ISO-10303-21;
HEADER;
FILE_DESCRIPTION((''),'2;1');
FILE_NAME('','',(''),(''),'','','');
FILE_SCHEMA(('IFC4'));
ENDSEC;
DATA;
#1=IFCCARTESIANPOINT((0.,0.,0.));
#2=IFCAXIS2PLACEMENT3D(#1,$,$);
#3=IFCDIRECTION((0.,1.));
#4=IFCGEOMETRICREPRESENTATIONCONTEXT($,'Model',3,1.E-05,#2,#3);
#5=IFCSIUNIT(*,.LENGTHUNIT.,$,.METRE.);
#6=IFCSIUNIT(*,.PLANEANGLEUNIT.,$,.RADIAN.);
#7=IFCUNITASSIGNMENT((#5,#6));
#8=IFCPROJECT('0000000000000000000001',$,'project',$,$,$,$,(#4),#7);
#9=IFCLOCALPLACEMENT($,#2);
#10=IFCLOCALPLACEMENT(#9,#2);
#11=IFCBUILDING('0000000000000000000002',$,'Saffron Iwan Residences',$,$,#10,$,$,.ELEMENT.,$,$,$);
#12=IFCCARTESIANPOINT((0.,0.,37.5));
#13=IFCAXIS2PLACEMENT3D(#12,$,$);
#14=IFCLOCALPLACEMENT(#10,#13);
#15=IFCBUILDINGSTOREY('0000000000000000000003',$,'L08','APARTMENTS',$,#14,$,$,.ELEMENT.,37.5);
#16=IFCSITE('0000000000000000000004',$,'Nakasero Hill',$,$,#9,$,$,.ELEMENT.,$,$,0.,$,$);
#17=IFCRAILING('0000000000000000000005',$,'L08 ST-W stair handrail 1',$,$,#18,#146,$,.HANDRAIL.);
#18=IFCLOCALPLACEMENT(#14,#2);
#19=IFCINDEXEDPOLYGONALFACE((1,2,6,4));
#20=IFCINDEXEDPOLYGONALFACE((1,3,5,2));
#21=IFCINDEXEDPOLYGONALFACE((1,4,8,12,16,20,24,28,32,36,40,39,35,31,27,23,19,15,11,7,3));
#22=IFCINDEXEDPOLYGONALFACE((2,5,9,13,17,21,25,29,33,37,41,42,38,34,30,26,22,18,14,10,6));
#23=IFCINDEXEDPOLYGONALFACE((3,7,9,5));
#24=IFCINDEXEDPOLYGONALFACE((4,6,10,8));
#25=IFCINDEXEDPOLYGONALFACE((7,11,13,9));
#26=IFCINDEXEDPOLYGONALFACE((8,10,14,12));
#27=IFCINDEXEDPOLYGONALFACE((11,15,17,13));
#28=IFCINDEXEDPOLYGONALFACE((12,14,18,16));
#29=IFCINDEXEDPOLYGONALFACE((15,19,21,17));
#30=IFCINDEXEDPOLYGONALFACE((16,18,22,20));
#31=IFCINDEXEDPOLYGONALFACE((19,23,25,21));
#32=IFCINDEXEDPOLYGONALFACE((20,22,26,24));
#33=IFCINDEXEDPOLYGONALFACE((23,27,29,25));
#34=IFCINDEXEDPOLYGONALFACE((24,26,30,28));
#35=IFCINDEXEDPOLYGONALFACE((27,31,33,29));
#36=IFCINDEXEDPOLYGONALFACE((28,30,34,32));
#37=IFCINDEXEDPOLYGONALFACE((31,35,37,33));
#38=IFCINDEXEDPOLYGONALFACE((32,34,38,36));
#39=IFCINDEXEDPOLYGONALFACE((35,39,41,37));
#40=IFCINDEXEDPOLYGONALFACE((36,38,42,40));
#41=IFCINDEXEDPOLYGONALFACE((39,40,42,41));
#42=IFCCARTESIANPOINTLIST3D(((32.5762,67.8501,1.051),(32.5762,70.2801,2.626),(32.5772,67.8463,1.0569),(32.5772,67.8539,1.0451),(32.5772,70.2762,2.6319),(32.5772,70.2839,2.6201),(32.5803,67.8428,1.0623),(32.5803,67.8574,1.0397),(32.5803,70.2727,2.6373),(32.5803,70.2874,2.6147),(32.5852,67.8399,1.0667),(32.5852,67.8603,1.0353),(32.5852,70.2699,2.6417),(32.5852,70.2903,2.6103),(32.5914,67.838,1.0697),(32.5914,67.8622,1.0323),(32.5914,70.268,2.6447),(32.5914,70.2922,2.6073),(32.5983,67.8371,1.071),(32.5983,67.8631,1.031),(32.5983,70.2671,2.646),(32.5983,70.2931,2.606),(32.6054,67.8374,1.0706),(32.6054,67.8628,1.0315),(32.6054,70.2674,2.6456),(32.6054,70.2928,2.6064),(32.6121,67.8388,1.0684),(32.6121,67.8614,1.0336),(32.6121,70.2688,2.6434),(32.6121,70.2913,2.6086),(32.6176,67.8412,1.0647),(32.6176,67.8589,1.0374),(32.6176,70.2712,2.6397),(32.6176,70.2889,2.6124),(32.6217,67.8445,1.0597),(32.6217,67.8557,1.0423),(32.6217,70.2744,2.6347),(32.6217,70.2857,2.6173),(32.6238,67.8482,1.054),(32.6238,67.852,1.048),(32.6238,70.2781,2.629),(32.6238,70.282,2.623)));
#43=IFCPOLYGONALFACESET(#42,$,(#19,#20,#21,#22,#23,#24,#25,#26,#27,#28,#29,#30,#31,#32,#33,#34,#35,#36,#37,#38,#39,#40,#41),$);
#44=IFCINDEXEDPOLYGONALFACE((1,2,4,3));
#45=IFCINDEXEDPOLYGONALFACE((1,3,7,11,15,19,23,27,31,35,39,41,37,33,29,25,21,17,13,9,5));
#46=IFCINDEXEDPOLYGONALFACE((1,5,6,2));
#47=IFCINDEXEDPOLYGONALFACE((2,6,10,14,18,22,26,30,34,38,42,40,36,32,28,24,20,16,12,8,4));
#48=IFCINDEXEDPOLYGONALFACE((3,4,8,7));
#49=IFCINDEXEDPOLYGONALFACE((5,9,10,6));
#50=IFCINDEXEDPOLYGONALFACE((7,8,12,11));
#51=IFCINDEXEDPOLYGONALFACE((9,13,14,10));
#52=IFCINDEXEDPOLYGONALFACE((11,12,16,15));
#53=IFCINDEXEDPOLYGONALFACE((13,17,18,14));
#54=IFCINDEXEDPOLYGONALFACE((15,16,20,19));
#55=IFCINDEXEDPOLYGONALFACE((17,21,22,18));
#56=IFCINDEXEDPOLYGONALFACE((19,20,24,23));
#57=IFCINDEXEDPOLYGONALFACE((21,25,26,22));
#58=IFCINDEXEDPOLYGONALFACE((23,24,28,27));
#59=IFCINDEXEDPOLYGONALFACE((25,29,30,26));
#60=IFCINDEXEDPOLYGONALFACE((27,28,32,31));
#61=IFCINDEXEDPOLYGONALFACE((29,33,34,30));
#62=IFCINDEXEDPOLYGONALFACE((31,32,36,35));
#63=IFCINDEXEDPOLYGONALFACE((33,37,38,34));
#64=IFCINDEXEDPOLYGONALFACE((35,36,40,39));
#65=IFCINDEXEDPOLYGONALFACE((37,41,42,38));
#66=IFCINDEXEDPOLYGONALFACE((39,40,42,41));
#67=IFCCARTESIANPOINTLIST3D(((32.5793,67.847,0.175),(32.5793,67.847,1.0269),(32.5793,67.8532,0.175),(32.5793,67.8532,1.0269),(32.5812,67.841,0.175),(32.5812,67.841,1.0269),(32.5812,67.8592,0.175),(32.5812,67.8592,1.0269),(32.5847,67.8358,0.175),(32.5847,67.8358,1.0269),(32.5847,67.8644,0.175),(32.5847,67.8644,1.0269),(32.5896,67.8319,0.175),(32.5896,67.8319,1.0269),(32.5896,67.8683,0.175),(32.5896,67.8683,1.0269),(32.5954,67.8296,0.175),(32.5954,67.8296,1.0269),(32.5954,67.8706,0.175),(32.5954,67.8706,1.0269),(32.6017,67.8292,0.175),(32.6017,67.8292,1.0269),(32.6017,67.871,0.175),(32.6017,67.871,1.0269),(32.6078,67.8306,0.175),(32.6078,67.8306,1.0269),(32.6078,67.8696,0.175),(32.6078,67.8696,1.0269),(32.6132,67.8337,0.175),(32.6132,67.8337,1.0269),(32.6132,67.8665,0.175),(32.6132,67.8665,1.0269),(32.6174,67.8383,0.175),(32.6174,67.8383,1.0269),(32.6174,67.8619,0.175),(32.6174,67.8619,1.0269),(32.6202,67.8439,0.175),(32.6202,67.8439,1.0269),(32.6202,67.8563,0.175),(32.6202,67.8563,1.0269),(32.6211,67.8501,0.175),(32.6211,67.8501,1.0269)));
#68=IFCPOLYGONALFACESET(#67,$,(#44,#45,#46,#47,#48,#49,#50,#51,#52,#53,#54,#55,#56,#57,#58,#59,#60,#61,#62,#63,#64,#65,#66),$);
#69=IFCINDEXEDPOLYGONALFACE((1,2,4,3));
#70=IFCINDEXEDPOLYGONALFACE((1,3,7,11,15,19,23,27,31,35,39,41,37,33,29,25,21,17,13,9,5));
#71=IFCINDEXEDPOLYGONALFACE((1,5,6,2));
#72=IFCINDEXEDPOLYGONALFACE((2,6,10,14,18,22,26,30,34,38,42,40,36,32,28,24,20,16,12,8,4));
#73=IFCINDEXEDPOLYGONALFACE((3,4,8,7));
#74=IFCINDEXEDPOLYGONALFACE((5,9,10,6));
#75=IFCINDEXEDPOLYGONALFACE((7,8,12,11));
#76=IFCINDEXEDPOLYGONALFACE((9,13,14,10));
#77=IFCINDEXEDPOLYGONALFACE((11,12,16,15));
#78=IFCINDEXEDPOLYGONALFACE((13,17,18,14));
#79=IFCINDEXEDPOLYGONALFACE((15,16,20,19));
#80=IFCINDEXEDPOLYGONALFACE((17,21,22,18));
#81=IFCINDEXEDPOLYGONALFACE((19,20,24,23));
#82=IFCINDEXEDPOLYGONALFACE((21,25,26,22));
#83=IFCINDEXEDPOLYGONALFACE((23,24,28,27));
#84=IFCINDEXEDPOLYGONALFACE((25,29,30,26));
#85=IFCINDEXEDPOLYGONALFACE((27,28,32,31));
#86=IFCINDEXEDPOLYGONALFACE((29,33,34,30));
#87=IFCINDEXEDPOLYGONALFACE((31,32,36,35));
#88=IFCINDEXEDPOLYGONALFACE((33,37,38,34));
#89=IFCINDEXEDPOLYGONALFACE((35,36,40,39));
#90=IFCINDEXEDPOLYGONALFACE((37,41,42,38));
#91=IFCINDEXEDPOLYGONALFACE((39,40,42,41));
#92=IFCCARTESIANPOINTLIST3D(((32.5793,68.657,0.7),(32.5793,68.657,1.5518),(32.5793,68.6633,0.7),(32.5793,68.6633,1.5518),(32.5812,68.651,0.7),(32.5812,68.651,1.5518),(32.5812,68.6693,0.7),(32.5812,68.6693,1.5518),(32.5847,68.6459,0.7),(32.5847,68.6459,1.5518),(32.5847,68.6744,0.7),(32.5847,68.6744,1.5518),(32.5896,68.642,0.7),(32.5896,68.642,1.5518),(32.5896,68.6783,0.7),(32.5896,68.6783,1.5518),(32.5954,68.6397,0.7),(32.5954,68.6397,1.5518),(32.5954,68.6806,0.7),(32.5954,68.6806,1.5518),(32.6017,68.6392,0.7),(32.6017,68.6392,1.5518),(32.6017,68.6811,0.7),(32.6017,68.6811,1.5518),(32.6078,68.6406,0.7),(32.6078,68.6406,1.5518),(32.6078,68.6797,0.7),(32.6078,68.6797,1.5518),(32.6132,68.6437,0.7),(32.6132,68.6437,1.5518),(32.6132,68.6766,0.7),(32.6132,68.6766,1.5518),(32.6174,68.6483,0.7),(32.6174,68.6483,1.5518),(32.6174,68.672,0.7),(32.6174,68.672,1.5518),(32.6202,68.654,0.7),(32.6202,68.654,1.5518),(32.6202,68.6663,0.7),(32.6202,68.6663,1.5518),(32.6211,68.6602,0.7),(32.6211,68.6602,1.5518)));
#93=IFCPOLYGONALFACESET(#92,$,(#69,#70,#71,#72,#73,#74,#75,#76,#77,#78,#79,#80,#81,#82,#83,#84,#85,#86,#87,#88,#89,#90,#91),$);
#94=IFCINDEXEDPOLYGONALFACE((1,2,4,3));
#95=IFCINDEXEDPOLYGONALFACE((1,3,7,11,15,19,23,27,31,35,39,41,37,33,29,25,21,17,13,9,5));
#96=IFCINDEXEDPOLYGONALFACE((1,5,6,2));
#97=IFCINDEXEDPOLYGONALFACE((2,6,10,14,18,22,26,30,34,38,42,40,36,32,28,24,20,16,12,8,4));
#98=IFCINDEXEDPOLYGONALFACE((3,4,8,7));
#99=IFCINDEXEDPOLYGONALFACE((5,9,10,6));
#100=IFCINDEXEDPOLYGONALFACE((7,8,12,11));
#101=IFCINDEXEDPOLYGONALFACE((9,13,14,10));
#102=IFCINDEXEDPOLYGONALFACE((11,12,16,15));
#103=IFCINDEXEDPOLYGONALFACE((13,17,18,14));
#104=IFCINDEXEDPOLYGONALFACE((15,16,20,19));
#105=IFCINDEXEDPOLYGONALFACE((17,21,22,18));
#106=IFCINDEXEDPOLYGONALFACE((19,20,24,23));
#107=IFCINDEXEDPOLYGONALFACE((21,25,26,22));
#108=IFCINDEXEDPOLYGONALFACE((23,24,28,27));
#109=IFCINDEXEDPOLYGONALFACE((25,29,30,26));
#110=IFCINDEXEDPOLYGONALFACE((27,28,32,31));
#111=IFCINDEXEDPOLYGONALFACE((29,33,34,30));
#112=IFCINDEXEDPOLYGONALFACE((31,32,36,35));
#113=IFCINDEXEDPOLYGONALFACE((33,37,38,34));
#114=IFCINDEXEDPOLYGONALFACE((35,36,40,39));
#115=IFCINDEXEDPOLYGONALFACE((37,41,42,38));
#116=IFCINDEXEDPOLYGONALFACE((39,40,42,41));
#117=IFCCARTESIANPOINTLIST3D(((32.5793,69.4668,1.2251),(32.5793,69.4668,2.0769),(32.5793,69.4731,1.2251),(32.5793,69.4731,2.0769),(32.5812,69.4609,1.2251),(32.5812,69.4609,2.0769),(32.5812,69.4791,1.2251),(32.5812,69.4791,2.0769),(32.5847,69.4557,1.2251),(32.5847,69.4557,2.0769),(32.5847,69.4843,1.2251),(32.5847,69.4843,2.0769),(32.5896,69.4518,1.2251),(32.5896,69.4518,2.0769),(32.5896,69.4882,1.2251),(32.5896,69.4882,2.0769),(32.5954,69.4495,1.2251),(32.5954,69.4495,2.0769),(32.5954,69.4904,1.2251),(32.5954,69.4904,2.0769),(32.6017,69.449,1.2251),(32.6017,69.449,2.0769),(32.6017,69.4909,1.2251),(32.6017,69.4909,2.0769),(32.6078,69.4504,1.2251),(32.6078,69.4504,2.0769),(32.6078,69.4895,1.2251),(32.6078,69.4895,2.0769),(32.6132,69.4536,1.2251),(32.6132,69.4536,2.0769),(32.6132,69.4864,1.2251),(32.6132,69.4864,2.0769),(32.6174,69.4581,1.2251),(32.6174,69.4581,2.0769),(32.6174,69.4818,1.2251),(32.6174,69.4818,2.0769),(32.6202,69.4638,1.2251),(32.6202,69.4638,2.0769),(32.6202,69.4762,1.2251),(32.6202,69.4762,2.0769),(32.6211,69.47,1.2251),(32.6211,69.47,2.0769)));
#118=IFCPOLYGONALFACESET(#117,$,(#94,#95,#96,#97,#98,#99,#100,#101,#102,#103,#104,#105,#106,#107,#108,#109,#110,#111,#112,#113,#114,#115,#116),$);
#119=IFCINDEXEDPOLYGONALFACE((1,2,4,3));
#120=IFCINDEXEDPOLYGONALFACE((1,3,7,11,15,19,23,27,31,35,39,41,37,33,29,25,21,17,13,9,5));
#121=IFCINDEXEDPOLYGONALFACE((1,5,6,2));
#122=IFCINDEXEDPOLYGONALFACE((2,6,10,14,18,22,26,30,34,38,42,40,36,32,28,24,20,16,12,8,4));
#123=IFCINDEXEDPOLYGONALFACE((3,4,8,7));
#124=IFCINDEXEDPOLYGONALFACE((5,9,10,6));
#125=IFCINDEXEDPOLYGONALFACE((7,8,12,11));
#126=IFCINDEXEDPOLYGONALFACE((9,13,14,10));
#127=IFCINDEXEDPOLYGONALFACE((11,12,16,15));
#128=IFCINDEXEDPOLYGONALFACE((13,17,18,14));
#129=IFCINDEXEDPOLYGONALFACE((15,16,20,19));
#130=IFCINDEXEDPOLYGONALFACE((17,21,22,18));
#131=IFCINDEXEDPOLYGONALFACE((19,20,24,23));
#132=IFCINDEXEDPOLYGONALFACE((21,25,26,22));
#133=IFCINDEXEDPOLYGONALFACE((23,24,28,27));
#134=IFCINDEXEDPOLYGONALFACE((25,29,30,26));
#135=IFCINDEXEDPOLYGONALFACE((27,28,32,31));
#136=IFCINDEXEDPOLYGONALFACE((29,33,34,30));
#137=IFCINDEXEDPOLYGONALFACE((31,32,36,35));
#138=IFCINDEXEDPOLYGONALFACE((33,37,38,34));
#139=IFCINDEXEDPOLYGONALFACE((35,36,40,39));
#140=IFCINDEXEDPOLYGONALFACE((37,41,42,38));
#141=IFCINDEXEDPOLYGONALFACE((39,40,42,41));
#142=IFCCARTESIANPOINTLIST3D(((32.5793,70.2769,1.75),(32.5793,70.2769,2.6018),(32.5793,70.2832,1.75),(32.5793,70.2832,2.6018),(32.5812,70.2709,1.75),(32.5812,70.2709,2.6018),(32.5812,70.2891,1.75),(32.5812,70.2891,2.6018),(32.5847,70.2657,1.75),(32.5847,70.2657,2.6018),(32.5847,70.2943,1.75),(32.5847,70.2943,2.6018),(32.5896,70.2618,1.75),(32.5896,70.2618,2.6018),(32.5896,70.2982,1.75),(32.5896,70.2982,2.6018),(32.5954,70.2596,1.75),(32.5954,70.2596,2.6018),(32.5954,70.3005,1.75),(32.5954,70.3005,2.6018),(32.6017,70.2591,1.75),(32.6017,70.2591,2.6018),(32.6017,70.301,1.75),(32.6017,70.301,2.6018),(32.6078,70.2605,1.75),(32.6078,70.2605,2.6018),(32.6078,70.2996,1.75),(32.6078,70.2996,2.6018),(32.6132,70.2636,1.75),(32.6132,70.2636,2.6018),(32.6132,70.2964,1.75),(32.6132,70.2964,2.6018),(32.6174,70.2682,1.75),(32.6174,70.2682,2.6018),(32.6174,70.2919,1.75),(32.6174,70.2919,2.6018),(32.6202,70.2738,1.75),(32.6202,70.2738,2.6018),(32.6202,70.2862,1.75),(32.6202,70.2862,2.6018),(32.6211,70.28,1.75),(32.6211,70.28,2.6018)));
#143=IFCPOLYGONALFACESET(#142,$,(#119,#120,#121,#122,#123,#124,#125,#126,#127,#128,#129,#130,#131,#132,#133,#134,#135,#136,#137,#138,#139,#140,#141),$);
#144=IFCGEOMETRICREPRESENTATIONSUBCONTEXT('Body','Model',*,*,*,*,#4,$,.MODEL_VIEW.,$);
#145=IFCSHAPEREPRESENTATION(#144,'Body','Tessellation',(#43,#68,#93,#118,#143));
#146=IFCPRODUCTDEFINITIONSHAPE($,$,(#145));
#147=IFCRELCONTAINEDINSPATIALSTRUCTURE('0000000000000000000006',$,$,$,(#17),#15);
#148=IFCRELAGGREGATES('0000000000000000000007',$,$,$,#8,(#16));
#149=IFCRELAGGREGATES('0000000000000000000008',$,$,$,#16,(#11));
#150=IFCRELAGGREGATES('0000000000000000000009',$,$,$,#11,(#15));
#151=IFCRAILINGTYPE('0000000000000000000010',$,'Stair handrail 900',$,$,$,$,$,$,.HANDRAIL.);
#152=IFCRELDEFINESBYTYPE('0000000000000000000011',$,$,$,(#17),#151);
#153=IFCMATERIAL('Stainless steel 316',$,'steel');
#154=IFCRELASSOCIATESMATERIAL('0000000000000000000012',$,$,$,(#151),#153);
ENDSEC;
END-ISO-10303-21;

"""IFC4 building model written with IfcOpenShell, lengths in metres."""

from ifc_helpers import new_model, si_unit, direction, frame, origin, origin_2d, place, context, subcontext, project, spatial, circle, extrude, material, type_object, element, save


model = new_model("IFC4")

# Units and contexts
model_context = context("Model", 3, precision=1e-05, world=origin(), true_north=direction((0.0, 1.0)))
body_context = subcontext(model_context, "Body", "Model", "MODEL_VIEW")
ifc_project = project(units=[si_unit("LENGTHUNIT", "METRE"), si_unit("PLANEANGLEUNIT", "RADIAN")], contexts=[model_context])

# Site, building, storey
site_placement = place(None, origin())
site = spatial("IfcSite", under=ifc_project, at=site_placement, Name="Nakasero Hill", CompositionType="ELEMENT", RefElevation=0.0)
building_placement = place(site_placement, origin())
building = spatial("IfcBuilding", under=site, at=building_placement, Name="Saffron Iwan Residences", CompositionType="ELEMENT")
storey_placement = place(building_placement, frame((0.0, 0.0, 37.5)))
storey = spatial("IfcBuildingStorey", under=building, at=storey_placement, Name="L08", Description="APARTMENTS", CompositionType="ELEMENT", Elevation=37.5)

# Railing
ifc_material_1 = material(Name="Stainless steel 316", Category="steel")
railing_type_1 = type_object("IfcRailingType", Name="Stair handrail 900", PredefinedType="HANDRAIL", material=ifc_material_1)
railing_1_placement = place(storey_placement, frame((32.6001, 67.8501, 0.175)))
element("IfcRailing", 1, at=railing_1_placement, inside=storey, type_object=railing_type_1, Name="L08 ST-W stair handrail 1", PredefinedType="HANDRAIL", context=body_context, shape_type="SweptSolid", body=[
    extrude(circle(Radius=0.0239, at=origin_2d()), frame((0.0, 0.0, 0.876), z_axis=(0.0, 0.839154, 0.543894), x_axis=(-1.0, 0.0, 0.0)), (0.0, 0.0, 1.0), 2.8958),
    extrude(circle(Radius=0.021, at=origin_2d()), origin(), (0.0, 0.0, 1.0), 0.8518),
    extrude(circle(Radius=0.021, at=origin_2d()), frame((0.0, 0.8101, 0.5249)), (0.0, 0.0, 1.0), 0.8518),
    extrude(circle(Radius=0.021, at=origin_2d()), frame((0.0, 1.6199, 1.05)), (0.0, 0.0, 1.0), 0.8518),
    extrude(circle(Radius=0.021, at=origin_2d()), frame((0.0, 2.4299, 1.575)), (0.0, 0.0, 1.0), 0.8518),
])

save(model, "model.ifc")
